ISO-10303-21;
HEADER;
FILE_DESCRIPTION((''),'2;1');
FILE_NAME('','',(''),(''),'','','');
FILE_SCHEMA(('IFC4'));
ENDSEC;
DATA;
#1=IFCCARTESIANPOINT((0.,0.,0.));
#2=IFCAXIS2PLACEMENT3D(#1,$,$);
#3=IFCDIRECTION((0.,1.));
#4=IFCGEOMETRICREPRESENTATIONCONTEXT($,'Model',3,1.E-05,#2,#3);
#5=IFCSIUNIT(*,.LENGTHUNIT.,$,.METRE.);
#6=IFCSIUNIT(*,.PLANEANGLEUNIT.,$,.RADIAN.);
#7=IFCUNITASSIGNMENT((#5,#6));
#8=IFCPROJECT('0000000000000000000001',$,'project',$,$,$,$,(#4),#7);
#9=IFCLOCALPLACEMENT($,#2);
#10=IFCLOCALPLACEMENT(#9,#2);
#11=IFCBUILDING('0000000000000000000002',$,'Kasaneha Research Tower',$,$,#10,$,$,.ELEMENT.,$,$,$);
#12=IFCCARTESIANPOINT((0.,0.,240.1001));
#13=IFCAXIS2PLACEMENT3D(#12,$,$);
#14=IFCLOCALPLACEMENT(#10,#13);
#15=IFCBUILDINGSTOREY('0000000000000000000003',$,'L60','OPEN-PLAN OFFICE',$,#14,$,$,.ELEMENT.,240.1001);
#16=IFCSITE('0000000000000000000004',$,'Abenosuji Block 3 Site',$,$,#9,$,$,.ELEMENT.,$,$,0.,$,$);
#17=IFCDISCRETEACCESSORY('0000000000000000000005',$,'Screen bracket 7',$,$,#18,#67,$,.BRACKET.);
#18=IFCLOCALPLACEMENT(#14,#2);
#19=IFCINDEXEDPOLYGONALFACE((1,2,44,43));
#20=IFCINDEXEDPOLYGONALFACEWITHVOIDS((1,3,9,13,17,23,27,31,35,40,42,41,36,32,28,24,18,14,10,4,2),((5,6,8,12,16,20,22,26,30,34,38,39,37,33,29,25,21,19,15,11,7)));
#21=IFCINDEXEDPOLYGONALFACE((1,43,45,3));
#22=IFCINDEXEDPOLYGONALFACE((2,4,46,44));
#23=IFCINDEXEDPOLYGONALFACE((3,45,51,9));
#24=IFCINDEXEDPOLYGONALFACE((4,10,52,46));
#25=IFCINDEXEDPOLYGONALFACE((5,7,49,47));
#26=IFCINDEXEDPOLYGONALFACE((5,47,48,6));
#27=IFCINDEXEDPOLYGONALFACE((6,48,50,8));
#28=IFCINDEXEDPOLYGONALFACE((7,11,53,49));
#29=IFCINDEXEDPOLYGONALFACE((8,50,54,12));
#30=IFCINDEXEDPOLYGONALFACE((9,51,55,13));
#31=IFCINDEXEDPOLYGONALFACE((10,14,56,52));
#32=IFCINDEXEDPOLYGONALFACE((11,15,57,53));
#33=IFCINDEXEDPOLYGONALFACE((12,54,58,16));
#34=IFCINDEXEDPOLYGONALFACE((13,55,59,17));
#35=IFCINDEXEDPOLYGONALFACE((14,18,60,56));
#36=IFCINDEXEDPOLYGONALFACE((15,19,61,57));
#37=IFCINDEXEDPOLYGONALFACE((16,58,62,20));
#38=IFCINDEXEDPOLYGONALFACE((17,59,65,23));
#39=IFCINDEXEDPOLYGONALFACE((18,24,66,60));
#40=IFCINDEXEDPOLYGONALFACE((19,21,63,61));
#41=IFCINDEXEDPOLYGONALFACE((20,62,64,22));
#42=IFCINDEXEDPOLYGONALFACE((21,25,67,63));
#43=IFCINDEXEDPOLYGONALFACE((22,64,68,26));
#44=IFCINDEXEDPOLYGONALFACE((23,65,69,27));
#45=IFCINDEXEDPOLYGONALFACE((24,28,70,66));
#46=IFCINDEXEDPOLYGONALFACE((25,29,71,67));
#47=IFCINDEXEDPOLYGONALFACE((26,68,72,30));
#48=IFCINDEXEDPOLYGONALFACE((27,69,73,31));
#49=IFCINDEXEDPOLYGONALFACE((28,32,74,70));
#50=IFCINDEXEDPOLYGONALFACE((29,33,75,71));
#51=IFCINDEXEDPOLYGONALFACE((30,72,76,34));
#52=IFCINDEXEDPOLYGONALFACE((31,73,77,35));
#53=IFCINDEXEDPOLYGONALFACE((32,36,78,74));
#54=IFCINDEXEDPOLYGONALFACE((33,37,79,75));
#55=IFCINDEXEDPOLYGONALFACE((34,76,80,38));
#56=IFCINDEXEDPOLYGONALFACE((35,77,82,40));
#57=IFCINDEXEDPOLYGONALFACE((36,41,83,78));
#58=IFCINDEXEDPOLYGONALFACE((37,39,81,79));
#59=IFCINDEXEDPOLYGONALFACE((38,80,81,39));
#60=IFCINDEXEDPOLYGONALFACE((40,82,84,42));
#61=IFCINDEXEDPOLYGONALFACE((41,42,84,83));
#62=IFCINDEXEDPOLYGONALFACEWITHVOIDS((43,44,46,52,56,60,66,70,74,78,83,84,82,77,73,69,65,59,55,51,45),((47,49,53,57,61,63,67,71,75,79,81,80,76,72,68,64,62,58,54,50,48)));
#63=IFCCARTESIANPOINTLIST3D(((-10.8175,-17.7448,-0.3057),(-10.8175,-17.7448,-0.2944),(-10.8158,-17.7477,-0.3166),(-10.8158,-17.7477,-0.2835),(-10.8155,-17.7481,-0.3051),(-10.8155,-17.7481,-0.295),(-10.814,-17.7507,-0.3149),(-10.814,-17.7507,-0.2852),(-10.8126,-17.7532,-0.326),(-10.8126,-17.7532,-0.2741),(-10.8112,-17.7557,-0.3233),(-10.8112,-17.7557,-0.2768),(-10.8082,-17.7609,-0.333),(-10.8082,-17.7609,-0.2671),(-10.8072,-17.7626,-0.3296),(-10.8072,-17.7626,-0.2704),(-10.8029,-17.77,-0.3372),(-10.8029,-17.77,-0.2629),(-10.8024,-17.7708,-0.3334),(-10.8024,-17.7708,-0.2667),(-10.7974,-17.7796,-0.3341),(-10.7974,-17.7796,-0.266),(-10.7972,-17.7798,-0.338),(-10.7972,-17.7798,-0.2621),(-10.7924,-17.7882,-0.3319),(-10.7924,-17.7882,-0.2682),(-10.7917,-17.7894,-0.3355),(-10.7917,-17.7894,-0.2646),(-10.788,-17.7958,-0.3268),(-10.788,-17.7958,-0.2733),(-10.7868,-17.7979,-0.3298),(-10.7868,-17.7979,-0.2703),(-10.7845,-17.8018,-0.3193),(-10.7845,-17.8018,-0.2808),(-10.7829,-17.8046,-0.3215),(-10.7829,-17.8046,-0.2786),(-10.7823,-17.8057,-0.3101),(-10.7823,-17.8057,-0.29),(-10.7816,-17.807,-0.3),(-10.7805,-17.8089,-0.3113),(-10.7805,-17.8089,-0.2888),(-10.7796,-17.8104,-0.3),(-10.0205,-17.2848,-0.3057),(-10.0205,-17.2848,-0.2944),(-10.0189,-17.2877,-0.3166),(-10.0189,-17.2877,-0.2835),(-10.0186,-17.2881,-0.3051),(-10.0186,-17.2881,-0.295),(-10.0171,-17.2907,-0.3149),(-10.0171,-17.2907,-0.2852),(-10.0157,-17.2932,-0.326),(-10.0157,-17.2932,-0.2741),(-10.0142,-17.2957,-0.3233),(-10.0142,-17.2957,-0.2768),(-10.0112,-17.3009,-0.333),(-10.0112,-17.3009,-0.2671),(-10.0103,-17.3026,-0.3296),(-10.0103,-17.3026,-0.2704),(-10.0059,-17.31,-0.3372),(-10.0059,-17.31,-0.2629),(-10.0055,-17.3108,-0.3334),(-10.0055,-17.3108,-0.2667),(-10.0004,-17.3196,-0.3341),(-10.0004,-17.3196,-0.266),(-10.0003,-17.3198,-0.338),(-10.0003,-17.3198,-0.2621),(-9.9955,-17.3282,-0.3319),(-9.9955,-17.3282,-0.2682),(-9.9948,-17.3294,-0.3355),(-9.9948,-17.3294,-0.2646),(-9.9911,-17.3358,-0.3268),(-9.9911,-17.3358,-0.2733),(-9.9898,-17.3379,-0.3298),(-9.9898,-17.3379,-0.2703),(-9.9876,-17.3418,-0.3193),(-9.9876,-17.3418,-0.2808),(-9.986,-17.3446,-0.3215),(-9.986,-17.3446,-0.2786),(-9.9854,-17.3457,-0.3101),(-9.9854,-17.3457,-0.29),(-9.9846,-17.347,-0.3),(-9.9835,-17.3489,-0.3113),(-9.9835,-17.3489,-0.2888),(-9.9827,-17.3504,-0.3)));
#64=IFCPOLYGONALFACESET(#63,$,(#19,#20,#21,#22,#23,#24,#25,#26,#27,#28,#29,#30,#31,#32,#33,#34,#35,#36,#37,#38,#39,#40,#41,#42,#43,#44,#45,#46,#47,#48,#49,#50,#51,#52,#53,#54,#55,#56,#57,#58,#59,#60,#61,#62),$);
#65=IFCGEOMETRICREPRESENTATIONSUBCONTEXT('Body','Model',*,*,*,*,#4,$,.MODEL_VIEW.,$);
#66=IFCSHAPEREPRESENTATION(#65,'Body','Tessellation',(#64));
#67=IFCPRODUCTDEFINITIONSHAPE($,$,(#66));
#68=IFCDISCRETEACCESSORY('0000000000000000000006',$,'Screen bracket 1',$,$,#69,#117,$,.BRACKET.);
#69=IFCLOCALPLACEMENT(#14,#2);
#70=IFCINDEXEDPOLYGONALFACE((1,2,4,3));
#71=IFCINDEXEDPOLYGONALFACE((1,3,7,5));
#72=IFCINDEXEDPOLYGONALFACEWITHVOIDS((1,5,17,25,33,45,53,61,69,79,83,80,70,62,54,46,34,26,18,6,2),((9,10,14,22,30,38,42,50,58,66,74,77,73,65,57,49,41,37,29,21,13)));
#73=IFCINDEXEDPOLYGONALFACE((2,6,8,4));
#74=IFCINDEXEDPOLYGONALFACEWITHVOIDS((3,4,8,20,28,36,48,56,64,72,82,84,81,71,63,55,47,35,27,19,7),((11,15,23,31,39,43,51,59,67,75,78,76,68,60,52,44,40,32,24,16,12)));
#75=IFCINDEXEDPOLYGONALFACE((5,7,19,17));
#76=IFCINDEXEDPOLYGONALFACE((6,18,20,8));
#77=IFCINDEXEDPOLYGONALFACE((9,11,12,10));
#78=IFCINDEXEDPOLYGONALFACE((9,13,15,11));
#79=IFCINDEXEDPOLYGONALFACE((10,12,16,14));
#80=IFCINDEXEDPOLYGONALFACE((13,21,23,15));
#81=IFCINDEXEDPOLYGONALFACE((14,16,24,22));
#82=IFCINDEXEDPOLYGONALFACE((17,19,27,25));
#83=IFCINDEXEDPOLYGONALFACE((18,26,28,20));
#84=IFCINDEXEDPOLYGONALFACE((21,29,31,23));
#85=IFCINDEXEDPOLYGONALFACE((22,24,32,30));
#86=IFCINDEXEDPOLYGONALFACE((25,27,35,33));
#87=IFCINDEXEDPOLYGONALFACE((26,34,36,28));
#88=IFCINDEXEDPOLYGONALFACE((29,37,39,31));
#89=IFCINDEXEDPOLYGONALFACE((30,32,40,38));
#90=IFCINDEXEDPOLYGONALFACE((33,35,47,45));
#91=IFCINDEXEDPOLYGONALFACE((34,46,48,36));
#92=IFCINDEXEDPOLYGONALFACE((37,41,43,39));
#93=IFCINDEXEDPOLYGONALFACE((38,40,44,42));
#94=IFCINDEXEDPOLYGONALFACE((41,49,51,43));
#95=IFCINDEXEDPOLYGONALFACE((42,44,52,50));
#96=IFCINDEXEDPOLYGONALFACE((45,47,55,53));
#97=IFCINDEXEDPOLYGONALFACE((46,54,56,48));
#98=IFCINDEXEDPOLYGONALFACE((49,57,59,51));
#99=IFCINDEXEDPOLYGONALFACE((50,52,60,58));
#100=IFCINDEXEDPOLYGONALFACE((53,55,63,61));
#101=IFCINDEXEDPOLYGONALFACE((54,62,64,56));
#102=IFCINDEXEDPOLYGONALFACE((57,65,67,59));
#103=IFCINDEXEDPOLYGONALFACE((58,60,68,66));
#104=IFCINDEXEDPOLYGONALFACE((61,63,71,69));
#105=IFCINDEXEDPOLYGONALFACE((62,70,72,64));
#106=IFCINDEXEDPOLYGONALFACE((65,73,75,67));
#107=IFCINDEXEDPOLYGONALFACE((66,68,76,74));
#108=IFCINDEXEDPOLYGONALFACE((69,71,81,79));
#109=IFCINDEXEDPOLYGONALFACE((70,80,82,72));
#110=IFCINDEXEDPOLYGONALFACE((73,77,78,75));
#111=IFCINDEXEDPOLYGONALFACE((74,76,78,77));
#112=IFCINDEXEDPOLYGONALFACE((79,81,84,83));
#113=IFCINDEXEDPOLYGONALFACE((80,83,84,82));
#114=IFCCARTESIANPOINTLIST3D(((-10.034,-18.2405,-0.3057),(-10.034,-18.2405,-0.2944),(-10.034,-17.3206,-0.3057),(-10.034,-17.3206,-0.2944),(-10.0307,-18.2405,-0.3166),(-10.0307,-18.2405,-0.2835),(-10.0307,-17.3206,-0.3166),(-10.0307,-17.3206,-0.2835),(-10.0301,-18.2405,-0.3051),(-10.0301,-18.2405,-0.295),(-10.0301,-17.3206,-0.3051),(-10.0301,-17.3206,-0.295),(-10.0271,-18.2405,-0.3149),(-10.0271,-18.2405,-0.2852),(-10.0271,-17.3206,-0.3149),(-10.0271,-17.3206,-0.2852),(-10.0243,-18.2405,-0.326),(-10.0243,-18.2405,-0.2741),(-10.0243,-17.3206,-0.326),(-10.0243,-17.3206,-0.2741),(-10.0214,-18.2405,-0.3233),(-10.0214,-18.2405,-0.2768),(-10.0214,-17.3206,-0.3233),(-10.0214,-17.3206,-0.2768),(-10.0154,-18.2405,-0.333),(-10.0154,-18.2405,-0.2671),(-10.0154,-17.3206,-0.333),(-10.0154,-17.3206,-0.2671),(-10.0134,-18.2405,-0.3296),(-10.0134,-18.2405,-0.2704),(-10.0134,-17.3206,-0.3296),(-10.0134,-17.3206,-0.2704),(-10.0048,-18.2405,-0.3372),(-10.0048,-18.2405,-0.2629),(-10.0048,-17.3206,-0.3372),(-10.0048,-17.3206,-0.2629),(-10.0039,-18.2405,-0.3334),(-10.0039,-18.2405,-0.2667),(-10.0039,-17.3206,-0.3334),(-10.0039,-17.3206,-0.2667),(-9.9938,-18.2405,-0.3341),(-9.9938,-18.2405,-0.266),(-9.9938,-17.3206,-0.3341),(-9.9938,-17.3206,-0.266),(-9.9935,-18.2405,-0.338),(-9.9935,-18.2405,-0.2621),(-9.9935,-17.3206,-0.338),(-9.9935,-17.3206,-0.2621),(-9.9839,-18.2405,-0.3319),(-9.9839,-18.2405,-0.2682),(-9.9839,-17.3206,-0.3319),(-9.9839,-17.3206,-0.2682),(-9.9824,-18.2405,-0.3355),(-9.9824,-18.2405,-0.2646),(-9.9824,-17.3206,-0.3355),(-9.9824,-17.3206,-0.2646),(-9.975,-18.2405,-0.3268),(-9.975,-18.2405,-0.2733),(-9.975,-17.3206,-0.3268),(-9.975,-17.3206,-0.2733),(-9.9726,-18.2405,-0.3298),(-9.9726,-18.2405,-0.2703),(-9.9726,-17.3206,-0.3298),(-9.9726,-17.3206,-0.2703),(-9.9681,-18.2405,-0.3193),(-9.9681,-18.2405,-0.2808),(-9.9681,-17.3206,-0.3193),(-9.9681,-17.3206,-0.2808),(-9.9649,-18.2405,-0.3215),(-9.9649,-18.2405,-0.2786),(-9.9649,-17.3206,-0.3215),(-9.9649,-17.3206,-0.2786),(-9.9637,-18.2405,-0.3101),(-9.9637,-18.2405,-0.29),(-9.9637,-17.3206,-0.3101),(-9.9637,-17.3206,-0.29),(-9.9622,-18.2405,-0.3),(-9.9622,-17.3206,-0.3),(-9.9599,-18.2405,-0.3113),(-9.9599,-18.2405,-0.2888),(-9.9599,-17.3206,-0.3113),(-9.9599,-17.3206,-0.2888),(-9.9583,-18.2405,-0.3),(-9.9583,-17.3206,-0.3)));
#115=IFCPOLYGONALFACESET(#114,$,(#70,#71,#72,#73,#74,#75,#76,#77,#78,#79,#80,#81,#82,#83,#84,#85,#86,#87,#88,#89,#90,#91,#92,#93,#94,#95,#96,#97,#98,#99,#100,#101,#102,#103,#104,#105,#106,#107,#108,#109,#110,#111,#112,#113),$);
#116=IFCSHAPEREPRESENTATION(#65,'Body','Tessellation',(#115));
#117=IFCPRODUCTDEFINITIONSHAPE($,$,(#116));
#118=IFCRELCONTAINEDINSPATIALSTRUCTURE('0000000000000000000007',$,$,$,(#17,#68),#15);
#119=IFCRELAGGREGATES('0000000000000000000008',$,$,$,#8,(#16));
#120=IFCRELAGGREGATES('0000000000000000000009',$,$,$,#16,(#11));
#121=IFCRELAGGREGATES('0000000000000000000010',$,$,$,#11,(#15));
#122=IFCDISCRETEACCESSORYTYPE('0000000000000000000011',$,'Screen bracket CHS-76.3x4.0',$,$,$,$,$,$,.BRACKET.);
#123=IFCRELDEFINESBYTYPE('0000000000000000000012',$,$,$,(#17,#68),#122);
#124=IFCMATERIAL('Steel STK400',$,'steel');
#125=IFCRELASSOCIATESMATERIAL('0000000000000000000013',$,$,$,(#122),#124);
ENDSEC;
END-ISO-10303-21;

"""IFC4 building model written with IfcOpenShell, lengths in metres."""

from ifc_helpers import new_model, si_unit, direction, frame, origin, origin_2d, place, context, subcontext, project, spatial, hollow_circle, extrude, material, material_profile, profile_set, type_object, element, save


model = new_model("IFC4")

# Units and contexts
model_context = context("Model", 3, precision=1e-05, world=origin(), true_north=direction((0.0, 1.0)))
body_context = subcontext(model_context, "Body", "Model", "MODEL_VIEW")
ifc_project = project(units=[si_unit("LENGTHUNIT", "METRE"), si_unit("PLANEANGLEUNIT", "RADIAN")], contexts=[model_context])

# Site, building, storey
site_placement = place(None, origin())
site = spatial("IfcSite", under=ifc_project, at=site_placement, Name="Abenosuji Block 3 Site", CompositionType="ELEMENT", RefElevation=0.0)
building_placement = place(site_placement, origin())
building = spatial("IfcBuilding", under=site, at=building_placement, Name="Kasaneha Research Tower", CompositionType="ELEMENT")
storey_placement = place(building_placement, frame((0.0, 0.0, 240.1001)))
storey = spatial("IfcBuildingStorey", under=building, at=storey_placement, Name="L60", Description="OPEN-PLAN OFFICE", CompositionType="ELEMENT", Elevation=240.1001)

# Discrete accessories
ifc_material_1 = material(Name="Steel STK400", Category="steel")
ifc_material_profile_1 = material_profile(ifc_material_1, hollow_circle(Radius=0.0381, WallThickness=0.0039, at=origin_2d()), Name="CHS-76.3x4.0")
ifc_profile_set_1 = profile_set([ifc_material_profile_1], Name="Steel STK400")
discrete_accessory_type = type_object("IfcDiscreteAccessoryType", Name="Screen bracket CHS-76.3x4.0", PredefinedType="BRACKET", material=ifc_profile_set_1)
discrete_accessory_1_placement = place(storey_placement, frame((-10.0017, -17.3174, -0.3), z_axis=(-0.86608, -0.499906, 0.0), x_axis=(0.499906, -0.86608, 0.0)))
element("IfcDiscreteAccessory", 1, at=discrete_accessory_1_placement, inside=storey, type_object=discrete_accessory_type, Name="Screen bracket 7", PredefinedType="BRACKET", context=body_context, shape_type="SweptSolid", body=[
    extrude(hollow_circle(Radius=0.0381, WallThickness=0.0039, at=origin_2d()), origin(), (0.0, 0.0, 1.0), 0.9202),
])
discrete_accessory_2_placement = place(storey_placement, frame((-9.9963, -17.3206, -0.3), z_axis=(0.0, -1.0, 0.0), x_axis=(1.0, 0.0, 0.0)))
element("IfcDiscreteAccessory", 2, at=discrete_accessory_2_placement, inside=storey, type_object=discrete_accessory_type, Name="Screen bracket 1", PredefinedType="BRACKET", context=body_context, shape_type="SweptSolid", body=[
    extrude(hollow_circle(Radius=0.0381, WallThickness=0.0039, at=origin_2d()), origin(), (0.0, 0.0, 1.0), 0.9199),
])

save(model, "model.ifc")
